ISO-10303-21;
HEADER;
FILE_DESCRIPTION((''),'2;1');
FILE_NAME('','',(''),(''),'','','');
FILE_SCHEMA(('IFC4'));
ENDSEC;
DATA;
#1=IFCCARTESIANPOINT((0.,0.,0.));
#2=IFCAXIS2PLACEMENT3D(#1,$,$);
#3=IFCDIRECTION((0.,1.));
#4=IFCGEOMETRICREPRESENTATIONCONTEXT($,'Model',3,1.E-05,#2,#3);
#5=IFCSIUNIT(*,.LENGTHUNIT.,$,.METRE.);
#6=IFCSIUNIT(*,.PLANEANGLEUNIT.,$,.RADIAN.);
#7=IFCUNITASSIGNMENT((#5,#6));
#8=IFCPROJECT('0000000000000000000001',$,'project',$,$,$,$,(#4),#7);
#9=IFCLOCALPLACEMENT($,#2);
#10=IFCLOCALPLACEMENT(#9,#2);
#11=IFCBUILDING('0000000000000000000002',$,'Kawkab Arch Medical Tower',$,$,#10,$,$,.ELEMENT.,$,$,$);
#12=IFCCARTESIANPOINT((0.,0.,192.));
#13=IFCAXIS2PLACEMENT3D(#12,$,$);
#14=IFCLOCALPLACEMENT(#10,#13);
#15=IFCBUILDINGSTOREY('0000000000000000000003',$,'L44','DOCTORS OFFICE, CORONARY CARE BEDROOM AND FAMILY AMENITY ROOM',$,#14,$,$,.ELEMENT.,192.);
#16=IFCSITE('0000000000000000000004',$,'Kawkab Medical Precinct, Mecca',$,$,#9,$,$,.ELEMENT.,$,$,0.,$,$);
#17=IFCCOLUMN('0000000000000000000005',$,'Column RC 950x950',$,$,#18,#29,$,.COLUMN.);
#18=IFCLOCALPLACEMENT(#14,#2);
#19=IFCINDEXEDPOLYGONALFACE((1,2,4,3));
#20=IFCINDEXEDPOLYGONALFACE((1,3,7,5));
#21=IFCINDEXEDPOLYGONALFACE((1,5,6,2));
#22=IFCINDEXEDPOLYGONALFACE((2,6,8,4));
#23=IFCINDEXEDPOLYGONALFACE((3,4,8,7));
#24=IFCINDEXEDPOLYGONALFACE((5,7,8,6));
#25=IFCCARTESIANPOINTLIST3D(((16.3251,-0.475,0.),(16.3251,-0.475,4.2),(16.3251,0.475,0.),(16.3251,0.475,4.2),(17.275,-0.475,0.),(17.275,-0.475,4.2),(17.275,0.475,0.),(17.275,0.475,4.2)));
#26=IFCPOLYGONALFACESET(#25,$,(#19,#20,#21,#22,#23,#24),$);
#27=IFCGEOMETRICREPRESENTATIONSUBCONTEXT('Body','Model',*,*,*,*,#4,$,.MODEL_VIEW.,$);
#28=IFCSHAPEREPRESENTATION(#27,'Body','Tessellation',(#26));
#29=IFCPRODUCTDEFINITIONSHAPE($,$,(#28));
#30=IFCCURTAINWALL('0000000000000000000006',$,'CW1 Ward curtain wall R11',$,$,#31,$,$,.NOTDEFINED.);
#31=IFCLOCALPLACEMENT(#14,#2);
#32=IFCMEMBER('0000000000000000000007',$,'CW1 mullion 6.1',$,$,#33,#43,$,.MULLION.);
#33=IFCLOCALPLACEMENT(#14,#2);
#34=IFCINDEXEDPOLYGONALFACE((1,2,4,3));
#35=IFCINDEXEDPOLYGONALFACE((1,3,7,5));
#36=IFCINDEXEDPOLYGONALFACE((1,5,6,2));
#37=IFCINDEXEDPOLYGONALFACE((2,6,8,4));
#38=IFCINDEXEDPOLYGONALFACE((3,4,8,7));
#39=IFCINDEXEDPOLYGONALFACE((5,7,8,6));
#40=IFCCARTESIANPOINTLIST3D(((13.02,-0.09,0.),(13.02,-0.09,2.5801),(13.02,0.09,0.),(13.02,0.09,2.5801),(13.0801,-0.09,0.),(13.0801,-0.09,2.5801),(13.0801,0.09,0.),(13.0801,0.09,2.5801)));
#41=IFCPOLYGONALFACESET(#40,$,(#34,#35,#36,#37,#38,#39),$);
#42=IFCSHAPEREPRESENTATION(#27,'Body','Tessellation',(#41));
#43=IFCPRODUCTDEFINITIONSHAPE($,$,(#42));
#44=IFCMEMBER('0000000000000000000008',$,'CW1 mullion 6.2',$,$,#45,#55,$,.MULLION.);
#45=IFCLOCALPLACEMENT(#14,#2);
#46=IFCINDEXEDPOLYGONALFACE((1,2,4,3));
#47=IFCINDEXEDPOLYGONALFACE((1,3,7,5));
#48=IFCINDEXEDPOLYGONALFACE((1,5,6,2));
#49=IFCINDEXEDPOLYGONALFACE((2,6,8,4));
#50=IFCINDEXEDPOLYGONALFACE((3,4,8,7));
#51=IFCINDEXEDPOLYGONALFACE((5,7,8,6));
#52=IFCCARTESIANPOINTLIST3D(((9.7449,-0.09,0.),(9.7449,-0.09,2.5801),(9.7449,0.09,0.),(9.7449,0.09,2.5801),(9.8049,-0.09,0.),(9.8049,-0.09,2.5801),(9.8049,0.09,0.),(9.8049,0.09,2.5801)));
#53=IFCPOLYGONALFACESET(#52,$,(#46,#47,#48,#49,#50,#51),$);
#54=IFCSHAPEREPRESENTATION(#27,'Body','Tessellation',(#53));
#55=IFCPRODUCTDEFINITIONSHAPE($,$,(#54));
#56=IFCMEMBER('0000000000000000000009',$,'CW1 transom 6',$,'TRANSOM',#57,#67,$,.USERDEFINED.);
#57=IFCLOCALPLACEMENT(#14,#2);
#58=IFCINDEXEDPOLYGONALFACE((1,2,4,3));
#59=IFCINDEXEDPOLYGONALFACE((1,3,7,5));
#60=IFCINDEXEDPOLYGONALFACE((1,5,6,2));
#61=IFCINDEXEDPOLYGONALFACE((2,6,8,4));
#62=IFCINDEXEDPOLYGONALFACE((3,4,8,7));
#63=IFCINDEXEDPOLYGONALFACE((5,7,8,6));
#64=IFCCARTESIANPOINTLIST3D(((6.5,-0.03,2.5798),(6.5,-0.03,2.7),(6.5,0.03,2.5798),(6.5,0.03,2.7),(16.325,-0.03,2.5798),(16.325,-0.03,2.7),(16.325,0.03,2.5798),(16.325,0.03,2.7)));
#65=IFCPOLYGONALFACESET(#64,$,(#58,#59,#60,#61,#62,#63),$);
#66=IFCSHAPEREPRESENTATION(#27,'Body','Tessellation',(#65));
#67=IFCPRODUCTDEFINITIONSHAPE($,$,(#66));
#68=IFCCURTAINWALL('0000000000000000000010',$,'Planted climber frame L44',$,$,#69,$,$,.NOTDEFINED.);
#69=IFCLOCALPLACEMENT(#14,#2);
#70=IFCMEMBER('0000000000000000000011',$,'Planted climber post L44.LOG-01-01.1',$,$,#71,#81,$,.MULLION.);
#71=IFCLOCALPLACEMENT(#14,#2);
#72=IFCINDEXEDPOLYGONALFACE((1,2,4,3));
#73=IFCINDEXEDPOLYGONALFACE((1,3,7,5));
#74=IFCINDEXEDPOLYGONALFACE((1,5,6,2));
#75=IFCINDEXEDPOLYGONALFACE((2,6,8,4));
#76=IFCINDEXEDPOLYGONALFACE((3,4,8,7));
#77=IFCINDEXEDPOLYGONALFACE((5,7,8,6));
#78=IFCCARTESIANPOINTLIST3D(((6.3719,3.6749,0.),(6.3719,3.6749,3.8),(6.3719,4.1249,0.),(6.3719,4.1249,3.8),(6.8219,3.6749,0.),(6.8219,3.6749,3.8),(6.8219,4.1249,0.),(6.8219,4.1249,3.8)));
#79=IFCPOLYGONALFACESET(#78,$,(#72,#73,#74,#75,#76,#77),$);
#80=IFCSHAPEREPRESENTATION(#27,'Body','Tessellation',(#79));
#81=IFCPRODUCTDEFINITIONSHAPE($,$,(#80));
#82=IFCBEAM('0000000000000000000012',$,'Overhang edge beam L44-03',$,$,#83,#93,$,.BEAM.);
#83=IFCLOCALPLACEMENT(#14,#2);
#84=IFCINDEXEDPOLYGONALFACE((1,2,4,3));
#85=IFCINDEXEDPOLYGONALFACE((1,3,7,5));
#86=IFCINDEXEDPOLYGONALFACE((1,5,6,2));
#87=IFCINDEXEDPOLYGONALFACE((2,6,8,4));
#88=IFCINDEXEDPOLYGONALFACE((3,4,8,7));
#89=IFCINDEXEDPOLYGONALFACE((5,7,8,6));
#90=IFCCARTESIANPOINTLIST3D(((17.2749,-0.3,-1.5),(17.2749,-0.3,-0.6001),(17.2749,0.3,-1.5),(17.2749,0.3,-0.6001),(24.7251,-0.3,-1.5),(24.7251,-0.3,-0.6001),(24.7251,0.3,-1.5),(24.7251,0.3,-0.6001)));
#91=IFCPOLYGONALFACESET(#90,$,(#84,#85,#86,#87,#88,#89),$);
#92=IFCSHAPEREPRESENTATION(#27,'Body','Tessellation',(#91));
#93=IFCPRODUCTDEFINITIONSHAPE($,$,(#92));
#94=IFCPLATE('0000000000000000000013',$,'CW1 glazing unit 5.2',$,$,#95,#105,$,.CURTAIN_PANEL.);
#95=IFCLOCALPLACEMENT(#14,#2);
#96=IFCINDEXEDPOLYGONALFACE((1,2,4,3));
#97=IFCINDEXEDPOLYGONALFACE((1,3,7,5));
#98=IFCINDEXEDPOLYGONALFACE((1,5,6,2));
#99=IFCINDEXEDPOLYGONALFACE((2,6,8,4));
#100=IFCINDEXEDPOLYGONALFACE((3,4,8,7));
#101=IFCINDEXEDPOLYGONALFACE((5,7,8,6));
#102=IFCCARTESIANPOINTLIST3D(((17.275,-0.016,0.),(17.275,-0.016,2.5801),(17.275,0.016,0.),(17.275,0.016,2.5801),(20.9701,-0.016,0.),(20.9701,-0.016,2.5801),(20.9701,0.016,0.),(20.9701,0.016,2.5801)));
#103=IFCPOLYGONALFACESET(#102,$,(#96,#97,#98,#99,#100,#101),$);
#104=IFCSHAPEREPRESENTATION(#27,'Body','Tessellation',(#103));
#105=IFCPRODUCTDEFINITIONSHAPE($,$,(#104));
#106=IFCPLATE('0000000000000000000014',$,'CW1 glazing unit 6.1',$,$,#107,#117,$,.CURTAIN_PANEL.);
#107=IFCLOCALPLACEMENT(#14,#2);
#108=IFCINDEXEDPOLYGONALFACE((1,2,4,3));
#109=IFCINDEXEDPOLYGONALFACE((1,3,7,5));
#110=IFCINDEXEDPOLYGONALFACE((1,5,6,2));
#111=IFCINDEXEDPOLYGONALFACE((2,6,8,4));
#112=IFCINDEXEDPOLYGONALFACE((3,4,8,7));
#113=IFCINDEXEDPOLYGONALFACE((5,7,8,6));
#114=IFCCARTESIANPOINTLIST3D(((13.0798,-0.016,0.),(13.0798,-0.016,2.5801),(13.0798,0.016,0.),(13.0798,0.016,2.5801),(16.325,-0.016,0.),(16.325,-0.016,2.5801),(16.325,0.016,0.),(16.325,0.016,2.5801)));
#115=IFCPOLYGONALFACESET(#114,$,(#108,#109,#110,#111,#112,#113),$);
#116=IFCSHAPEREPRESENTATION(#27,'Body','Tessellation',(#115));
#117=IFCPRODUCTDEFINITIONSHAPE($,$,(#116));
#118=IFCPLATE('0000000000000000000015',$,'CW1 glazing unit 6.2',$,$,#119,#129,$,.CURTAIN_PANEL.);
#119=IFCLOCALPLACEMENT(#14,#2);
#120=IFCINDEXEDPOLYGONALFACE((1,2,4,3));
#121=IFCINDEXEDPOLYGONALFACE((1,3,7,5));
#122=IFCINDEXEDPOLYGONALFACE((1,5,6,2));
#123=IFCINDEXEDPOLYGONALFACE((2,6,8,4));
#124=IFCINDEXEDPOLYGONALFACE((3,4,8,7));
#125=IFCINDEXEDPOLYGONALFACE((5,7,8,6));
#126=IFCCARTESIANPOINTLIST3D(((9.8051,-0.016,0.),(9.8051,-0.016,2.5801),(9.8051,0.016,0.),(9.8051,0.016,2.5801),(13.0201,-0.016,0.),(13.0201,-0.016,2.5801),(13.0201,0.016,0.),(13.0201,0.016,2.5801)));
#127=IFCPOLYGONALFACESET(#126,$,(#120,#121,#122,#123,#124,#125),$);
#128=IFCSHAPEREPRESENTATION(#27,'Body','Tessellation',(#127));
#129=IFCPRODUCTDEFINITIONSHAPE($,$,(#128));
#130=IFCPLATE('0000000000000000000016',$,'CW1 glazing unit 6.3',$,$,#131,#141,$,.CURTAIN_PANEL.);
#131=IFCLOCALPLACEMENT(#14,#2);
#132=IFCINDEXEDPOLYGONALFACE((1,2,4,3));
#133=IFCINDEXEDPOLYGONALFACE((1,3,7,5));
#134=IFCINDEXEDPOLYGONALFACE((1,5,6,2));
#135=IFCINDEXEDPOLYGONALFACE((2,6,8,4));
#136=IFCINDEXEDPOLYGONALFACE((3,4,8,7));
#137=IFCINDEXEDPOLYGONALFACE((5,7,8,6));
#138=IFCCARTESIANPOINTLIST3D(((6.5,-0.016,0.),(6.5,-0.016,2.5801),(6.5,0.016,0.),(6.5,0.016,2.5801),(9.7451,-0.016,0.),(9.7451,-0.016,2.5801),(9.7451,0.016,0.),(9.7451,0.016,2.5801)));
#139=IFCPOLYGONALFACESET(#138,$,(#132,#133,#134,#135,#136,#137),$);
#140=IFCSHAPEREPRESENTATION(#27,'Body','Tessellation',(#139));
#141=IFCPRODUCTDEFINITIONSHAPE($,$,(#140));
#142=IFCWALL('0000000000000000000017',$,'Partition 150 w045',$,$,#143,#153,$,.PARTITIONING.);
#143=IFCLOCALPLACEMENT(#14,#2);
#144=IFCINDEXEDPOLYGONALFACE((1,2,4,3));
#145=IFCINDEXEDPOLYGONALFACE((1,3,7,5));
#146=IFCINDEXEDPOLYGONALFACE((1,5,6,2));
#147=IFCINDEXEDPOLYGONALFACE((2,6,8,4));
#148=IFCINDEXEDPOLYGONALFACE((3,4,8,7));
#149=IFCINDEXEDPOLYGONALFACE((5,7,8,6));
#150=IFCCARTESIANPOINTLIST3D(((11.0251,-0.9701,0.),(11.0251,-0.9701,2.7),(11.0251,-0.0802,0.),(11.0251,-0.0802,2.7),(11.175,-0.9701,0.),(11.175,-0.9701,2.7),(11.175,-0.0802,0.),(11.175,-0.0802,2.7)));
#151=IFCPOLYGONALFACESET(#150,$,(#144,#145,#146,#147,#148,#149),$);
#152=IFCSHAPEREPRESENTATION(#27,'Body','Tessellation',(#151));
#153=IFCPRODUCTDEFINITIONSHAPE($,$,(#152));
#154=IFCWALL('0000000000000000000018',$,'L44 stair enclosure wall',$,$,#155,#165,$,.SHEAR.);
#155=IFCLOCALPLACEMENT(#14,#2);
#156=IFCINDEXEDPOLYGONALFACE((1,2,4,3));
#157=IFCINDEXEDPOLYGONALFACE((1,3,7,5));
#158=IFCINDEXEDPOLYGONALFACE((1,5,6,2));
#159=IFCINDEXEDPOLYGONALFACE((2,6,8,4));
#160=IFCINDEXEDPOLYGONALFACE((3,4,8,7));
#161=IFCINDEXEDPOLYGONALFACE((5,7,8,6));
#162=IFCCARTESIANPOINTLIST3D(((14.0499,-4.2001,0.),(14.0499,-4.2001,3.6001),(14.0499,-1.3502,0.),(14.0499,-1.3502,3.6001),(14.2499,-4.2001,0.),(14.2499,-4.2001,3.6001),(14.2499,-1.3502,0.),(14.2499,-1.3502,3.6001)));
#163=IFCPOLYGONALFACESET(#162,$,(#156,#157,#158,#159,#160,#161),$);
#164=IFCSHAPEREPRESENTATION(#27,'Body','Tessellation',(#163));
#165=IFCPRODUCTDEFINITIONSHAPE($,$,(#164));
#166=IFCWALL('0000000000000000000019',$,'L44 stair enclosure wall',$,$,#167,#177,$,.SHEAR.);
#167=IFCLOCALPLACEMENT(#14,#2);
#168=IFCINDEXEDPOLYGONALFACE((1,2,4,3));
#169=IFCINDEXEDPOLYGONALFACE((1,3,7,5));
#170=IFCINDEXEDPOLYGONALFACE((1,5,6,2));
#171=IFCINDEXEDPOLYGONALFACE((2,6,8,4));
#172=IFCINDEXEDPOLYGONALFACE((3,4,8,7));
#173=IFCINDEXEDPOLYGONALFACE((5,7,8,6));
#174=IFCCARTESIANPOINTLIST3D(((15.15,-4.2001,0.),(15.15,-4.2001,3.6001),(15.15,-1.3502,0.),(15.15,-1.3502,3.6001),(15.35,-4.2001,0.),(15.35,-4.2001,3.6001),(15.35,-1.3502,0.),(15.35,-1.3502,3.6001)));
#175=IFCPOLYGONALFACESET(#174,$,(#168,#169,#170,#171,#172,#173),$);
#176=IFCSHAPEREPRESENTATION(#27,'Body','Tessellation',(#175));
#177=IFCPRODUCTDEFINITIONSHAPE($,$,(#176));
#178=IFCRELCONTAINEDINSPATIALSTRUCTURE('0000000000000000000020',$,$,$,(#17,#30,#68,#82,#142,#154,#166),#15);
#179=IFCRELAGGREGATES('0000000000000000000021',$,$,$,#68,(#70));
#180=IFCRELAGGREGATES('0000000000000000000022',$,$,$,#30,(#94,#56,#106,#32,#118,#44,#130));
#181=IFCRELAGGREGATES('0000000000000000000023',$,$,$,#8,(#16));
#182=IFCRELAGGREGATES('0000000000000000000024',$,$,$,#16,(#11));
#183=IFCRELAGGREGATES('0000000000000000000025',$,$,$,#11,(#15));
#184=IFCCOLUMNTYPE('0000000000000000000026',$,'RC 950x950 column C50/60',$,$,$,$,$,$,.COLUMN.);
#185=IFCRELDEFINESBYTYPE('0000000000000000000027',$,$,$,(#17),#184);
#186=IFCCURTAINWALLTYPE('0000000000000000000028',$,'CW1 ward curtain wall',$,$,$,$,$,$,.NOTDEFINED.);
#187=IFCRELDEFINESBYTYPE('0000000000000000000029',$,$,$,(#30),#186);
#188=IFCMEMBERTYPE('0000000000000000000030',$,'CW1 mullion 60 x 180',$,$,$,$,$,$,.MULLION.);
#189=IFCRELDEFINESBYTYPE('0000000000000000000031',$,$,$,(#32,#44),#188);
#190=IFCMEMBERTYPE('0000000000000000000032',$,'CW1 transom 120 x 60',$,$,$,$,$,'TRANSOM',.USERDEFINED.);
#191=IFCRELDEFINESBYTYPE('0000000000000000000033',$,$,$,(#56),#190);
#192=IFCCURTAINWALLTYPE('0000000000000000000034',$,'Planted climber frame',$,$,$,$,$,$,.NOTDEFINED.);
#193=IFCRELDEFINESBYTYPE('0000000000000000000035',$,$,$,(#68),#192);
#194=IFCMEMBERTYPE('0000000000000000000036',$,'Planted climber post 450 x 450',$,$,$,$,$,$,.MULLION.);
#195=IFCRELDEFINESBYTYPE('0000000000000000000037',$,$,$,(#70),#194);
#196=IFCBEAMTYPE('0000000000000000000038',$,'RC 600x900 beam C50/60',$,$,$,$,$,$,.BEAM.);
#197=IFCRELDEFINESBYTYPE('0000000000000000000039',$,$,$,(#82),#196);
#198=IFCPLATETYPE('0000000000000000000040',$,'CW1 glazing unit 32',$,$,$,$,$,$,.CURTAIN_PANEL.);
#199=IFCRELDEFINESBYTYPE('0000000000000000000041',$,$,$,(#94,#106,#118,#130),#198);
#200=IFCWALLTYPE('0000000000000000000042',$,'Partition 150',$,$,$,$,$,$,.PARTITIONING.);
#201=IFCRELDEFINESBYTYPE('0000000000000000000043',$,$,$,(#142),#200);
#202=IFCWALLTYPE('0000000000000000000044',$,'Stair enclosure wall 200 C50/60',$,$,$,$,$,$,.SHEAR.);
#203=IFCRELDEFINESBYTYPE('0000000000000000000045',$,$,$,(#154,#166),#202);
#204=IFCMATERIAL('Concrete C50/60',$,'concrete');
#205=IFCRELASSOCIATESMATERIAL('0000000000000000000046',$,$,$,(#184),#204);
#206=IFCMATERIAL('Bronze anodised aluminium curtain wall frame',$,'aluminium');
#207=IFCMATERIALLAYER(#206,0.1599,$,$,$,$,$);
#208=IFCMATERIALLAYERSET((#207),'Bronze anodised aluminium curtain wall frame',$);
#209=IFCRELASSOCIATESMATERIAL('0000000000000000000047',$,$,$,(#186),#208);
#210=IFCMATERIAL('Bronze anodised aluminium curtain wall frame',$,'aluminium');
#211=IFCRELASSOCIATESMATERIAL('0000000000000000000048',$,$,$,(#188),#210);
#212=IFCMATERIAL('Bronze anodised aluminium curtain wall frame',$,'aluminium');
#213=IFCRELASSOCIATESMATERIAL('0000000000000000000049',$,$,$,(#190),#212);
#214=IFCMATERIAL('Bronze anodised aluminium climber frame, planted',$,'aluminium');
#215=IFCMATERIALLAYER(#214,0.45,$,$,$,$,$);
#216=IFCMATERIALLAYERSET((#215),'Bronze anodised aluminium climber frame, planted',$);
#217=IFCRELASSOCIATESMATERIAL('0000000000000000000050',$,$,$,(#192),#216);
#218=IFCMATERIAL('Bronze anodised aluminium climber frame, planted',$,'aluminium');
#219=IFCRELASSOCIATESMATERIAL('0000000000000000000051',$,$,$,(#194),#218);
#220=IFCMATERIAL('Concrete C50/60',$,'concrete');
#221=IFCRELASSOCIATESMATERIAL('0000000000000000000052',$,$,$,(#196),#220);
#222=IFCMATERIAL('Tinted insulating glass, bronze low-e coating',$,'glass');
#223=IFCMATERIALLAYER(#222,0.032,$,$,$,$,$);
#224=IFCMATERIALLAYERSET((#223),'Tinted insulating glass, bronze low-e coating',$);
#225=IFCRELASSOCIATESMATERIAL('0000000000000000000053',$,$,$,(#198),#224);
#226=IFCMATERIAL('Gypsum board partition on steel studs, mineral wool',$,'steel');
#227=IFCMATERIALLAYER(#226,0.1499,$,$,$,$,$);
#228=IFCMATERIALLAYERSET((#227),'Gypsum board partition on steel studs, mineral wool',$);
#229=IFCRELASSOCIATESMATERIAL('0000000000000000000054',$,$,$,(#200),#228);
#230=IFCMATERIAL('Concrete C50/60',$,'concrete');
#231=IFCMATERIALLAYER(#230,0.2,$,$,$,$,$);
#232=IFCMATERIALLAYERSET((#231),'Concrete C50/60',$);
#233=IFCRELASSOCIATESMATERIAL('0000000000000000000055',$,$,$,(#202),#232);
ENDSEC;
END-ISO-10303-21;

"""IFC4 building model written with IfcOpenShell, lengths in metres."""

from ifc_helpers import new_model, si_unit, direction, frame, frame_2d, origin, origin_2d, place, context, subcontext, project, spatial, rectangle, extrude, material, layer, layer_set, material_profile, profile_set, type_object, element, aggregate, save


model = new_model("IFC4")

# Units and contexts
model_context = context("Model", 3, precision=1e-05, world=origin(), true_north=direction((0.0, 1.0)))
body_context = subcontext(model_context, "Body", "Model", "MODEL_VIEW")
ifc_project = project(units=[si_unit("LENGTHUNIT", "METRE"), si_unit("PLANEANGLEUNIT", "RADIAN")], contexts=[model_context])

# Site, building, storey
site_placement = place(None, origin())
site = spatial("IfcSite", under=ifc_project, at=site_placement, Name="Kawkab Medical Precinct, Mecca", CompositionType="ELEMENT", RefElevation=0.0)
building_placement = place(site_placement, origin())
building = spatial("IfcBuilding", under=site, at=building_placement, Name="Kawkab Arch Medical Tower", CompositionType="ELEMENT")
storey_placement = place(building_placement, frame((0.0, 0.0, 192.0)))
storey = spatial("IfcBuildingStorey", under=building, at=storey_placement, Name="L44", Description="DOCTORS OFFICE, CORONARY CARE BEDROOM AND FAMILY AMENITY ROOM", CompositionType="ELEMENT", Elevation=192.0)

# Column
ifc_material_1 = material(Name="Concrete C50/60", Category="concrete")
ifc_material_profile_1 = material_profile(ifc_material_1, rectangle(XDim=0.95, YDim=0.95, at=origin_2d()), Name="RC 950x950")
ifc_profile_set_1 = profile_set([ifc_material_profile_1], Name="Concrete C50/60")
column_type = type_object("IfcColumnType", Name="RC 950x950 column C50/60", PredefinedType="COLUMN", material=ifc_profile_set_1)
column_placement = place(storey_placement, frame((16.8, 0.0, 0.0), z_axis=(0.0, 0.0, 1.0), x_axis=(1.0, 0.0, 0.0)))
element("IfcColumn", 1, at=column_placement, inside=storey, type_object=column_type, Name="Column RC 950x950", PredefinedType="COLUMN", context=body_context, shape_type="SweptSolid", body=[
    extrude(rectangle(XDim=0.95, YDim=0.95, at=origin_2d()), origin(), (0.0, 0.0, 1.0), 4.2),
])

# Curtain wall, members
ifc_material_2 = material(Name="Bronze anodised aluminium curtain wall frame", Category="aluminium")
ifc_layer_1 = layer(ifc_material_2, 0.1599)
ifc_layer_set_1 = layer_set([ifc_layer_1], Name="Bronze anodised aluminium curtain wall frame")
curtain_wall_type_1 = type_object("IfcCurtainWallType", Name="CW1 ward curtain wall", PredefinedType="NOTDEFINED", material=ifc_layer_set_1)
placement = place(storey_placement, origin())
curtain_wall_1 = element("IfcCurtainWall", 2, at=placement, inside=storey, type_object=curtain_wall_type_1, Name="CW1 Ward curtain wall R11", PredefinedType="NOTDEFINED")
ifc_material_3 = material(Name="Bronze anodised aluminium curtain wall frame", Category="aluminium")
ifc_material_profile_2 = material_profile(ifc_material_3, rectangle(XDim=0.1799, YDim=0.0601, at=origin_2d()), Name="AL 60x180")
ifc_profile_set_2 = profile_set([ifc_material_profile_2], Name="Bronze anodised aluminium curtain wall frame")
member_type_1 = type_object("IfcMemberType", Name="CW1 mullion 60 x 180", PredefinedType="MULLION", material=ifc_profile_set_2)
member_1_placement = place(storey_placement, frame((13.05, 0.0, 0.0), z_axis=(0.0, 0.0, 1.0), x_axis=(0.0, -1.0, 0.0)))
member_1 = element("IfcMember", 3, at=member_1_placement, type_object=member_type_1, Name="CW1 mullion 6.1", PredefinedType="MULLION", context=body_context, shape_type="SweptSolid", body=[
    extrude(rectangle(XDim=0.1799, YDim=0.0601, at=origin_2d()), origin(), (0.0, 0.0, 1.0), 2.5801),
])
member_2_placement = place(storey_placement, frame((9.7749, 0.0, 0.0), z_axis=(0.0, 0.0, 1.0), x_axis=(0.0, -1.0, 0.0)))
member_2 = element("IfcMember", 4, at=member_2_placement, type_object=member_type_1, Name="CW1 mullion 6.2", PredefinedType="MULLION", context=body_context, shape_type="SweptSolid", body=[
    extrude(rectangle(XDim=0.1799, YDim=0.0601, at=origin_2d()), origin(), (0.0, 0.0, 1.0), 2.5801),
])
ifc_material_4 = material(Name="Bronze anodised aluminium curtain wall frame", Category="aluminium")
ifc_material_profile_3 = material_profile(ifc_material_4, rectangle(XDim=0.0601, YDim=0.1201, at=origin_2d()), Name="AL 60x120")
ifc_profile_set_3 = profile_set([ifc_material_profile_3], Name="Bronze anodised aluminium curtain wall frame")
member_type_2 = type_object("IfcMemberType", Name="CW1 transom 120 x 60", ElementType="TRANSOM", PredefinedType="USERDEFINED", material=ifc_profile_set_3)
member_3_placement = place(storey_placement, frame((16.325, 0.0, 2.6399), z_axis=(-1.0, 0.0, 0.0), x_axis=(0.0, -1.0, 0.0)))
member_3 = element("IfcMember", 5, at=member_3_placement, type_object=member_type_2, Name="CW1 transom 6", ObjectType="TRANSOM", PredefinedType="USERDEFINED", context=body_context, shape_type="SweptSolid", body=[
    extrude(rectangle(XDim=0.0601, YDim=0.1201, at=origin_2d()), origin(), (0.0, 0.0, 1.0), 9.825),
])

# Curtain wall, member
ifc_material_5 = material(Name="Bronze anodised aluminium climber frame, planted", Category="aluminium")
ifc_layer_2 = layer(ifc_material_5, 0.45)
ifc_layer_set_2 = layer_set([ifc_layer_2], Name="Bronze anodised aluminium climber frame, planted")
curtain_wall_type_2 = type_object("IfcCurtainWallType", Name="Planted climber frame", PredefinedType="NOTDEFINED", material=ifc_layer_set_2)
curtain_wall_2 = element("IfcCurtainWall", 6, at=placement, inside=storey, type_object=curtain_wall_type_2, Name="Planted climber frame L44", PredefinedType="NOTDEFINED")
ifc_material_6 = material(Name="Bronze anodised aluminium climber frame, planted", Category="aluminium")
ifc_material_profile_4 = material_profile(ifc_material_6, rectangle(XDim=0.45, YDim=0.45, at=origin_2d()), Name="Post 450x450")
ifc_profile_set_4 = profile_set([ifc_material_profile_4], Name="Bronze anodised aluminium climber frame, planted")
member_type_3 = type_object("IfcMemberType", Name="Planted climber post 450 x 450", PredefinedType="MULLION", material=ifc_profile_set_4)
member_4_placement = place(storey_placement, frame((6.5969, 3.8999, 0.0), z_axis=(0.0, 0.0, 1.0), x_axis=(1.0, 0.0, 0.0)))
member_4 = element("IfcMember", 7, at=member_4_placement, type_object=member_type_3, Name="Planted climber post L44.LOG-01-01.1", PredefinedType="MULLION", context=body_context, shape_type="SweptSolid", body=[
    extrude(rectangle(XDim=0.45, YDim=0.45, at=origin_2d()), origin(), (0.0, 0.0, 1.0), 3.8),
])
aggregate(curtain_wall_2, [member_4])

# Beam
ifc_material_7 = material(Name="Concrete C50/60", Category="concrete")
ifc_material_profile_5 = material_profile(ifc_material_7, rectangle(XDim=0.6001, YDim=0.8999, at=origin_2d()), Name="RC 600x900")
ifc_profile_set_5 = profile_set([ifc_material_profile_5], Name="Concrete C50/60")
beam_type = type_object("IfcBeamType", Name="RC 600x900 beam C50/60", PredefinedType="BEAM", material=ifc_profile_set_5)
beam_placement = place(storey_placement, frame((17.2749, 0.0, -1.05), z_axis=(1.0, 0.0, 0.0), x_axis=(0.0, 1.0, 0.0)))
element("IfcBeam", 8, at=beam_placement, inside=storey, type_object=beam_type, Name="Overhang edge beam L44-03", PredefinedType="BEAM", context=body_context, shape_type="SweptSolid", body=[
    extrude(rectangle(XDim=0.6001, YDim=0.8999, at=origin_2d()), origin(), (0.0, 0.0, 1.0), 7.4502),
])

# Plates
ifc_material_8 = material(Name="Tinted insulating glass, bronze low-e coating", Category="glass")
ifc_layer_3 = layer(ifc_material_8, 0.032)
ifc_layer_set_3 = layer_set([ifc_layer_3], Name="Tinted insulating glass, bronze low-e coating")
plate_type = type_object("IfcPlateType", Name="CW1 glazing unit 32", PredefinedType="CURTAIN_PANEL", material=ifc_layer_set_3)
plate_1_placement = place(storey_placement, frame((19.1226, 0.0, 0.0), z_axis=(0.0, 0.0, 1.0), x_axis=(-1.0, 0.0, 0.0)))
plate_1 = element("IfcPlate", 9, at=plate_1_placement, type_object=plate_type, Name="CW1 glazing unit 5.2", PredefinedType="CURTAIN_PANEL", context=body_context, shape_type="SweptSolid", body=[
    extrude(rectangle(XDim=3.6951, YDim=0.032, at=origin_2d()), origin(), (0.0, 0.0, 1.0), 2.5801),
])
plate_2_placement = place(storey_placement, frame((14.7024, 0.0, 0.0), z_axis=(0.0, 0.0, 1.0), x_axis=(-1.0, 0.0, 0.0)))
plate_2 = element("IfcPlate", 10, at=plate_2_placement, type_object=plate_type, Name="CW1 glazing unit 6.1", PredefinedType="CURTAIN_PANEL", context=body_context, shape_type="SweptSolid", body=[
    extrude(rectangle(XDim=3.2451, YDim=0.032, at=origin_2d()), origin(), (0.0, 0.0, 1.0), 2.5801),
])
plate_3_placement = place(storey_placement, frame((11.4126, 0.0, 0.0), z_axis=(0.0, 0.0, 1.0), x_axis=(-1.0, 0.0, 0.0)))
plate_3 = element("IfcPlate", 11, at=plate_3_placement, type_object=plate_type, Name="CW1 glazing unit 6.2", PredefinedType="CURTAIN_PANEL", context=body_context, shape_type="SweptSolid", body=[
    extrude(rectangle(XDim=3.2151, YDim=0.032, at=origin_2d()), origin(), (0.0, 0.0, 1.0), 2.5801),
])
plate_4_placement = place(storey_placement, frame((8.1226, 0.0, 0.0), z_axis=(0.0, 0.0, 1.0), x_axis=(-1.0, 0.0, 0.0)))
plate_4 = element("IfcPlate", 12, at=plate_4_placement, type_object=plate_type, Name="CW1 glazing unit 6.3", PredefinedType="CURTAIN_PANEL", context=body_context, shape_type="SweptSolid", body=[
    extrude(rectangle(XDim=3.2451, YDim=0.032, at=origin_2d()), origin(), (0.0, 0.0, 1.0), 2.5801),
])
aggregate(curtain_wall_1, [plate_1, member_3, plate_2, member_1, plate_3, member_2, plate_4])

# Walls
ifc_material_9 = material(Name="Gypsum board partition on steel studs, mineral wool", Category="steel")
ifc_layer_4 = layer(ifc_material_9, 0.1499)
ifc_layer_set_4 = layer_set([ifc_layer_4], Name="Gypsum board partition on steel studs, mineral wool")
wall_type_1 = type_object("IfcWallType", Name="Partition 150", PredefinedType="PARTITIONING", material=ifc_layer_set_4)
wall_1_placement = place(storey_placement, frame((11.1001, -0.97, 0.0), z_axis=(0.0, 0.0, 1.0), x_axis=(0.0, 1.0, 0.0)))
element("IfcWall", 13, at=wall_1_placement, inside=storey, type_object=wall_type_1, Name="Partition 150 w045", PredefinedType="PARTITIONING", context=body_context, shape_type="SweptSolid", body=[
    extrude(rectangle(XDim=0.8899, YDim=0.1499, at=frame_2d((0.4448, 0.0))), origin(), (0.0, 0.0, 1.0), 2.7),
])
ifc_material_10 = material(Name="Concrete C50/60", Category="concrete")
ifc_layer_5 = layer(ifc_material_10, 0.2)
ifc_layer_set_5 = layer_set([ifc_layer_5], Name="Concrete C50/60")
wall_type_2 = type_object("IfcWallType", Name="Stair enclosure wall 200 C50/60", PredefinedType="SHEAR", material=ifc_layer_set_5)
for number, where, z_axis, x_axis, name in (
    (14, (14.1499, -4.2, 0.0), (0.0, 0.0, 1.0), (0.0, 1.0, 0.0), "L44 stair enclosure wall"),
    (15, (15.25, -4.2, 0.0), (0.0, 0.0, 1.0), (0.0, 1.0, 0.0), "L44 stair enclosure wall"),
):
    element("IfcWall", number, at=place(storey_placement, frame(where, z_axis=z_axis, x_axis=x_axis)), inside=storey, type_object=wall_type_2, Name=name, PredefinedType="SHEAR", context=body_context, shape_type="SweptSolid", body=[
        extrude(rectangle(XDim=2.8499, YDim=0.2, at=frame_2d((1.4248, 0.0))), origin(), (0.0, 0.0, 1.0), 3.6001),
    ])

save(model, "model.ifc")
